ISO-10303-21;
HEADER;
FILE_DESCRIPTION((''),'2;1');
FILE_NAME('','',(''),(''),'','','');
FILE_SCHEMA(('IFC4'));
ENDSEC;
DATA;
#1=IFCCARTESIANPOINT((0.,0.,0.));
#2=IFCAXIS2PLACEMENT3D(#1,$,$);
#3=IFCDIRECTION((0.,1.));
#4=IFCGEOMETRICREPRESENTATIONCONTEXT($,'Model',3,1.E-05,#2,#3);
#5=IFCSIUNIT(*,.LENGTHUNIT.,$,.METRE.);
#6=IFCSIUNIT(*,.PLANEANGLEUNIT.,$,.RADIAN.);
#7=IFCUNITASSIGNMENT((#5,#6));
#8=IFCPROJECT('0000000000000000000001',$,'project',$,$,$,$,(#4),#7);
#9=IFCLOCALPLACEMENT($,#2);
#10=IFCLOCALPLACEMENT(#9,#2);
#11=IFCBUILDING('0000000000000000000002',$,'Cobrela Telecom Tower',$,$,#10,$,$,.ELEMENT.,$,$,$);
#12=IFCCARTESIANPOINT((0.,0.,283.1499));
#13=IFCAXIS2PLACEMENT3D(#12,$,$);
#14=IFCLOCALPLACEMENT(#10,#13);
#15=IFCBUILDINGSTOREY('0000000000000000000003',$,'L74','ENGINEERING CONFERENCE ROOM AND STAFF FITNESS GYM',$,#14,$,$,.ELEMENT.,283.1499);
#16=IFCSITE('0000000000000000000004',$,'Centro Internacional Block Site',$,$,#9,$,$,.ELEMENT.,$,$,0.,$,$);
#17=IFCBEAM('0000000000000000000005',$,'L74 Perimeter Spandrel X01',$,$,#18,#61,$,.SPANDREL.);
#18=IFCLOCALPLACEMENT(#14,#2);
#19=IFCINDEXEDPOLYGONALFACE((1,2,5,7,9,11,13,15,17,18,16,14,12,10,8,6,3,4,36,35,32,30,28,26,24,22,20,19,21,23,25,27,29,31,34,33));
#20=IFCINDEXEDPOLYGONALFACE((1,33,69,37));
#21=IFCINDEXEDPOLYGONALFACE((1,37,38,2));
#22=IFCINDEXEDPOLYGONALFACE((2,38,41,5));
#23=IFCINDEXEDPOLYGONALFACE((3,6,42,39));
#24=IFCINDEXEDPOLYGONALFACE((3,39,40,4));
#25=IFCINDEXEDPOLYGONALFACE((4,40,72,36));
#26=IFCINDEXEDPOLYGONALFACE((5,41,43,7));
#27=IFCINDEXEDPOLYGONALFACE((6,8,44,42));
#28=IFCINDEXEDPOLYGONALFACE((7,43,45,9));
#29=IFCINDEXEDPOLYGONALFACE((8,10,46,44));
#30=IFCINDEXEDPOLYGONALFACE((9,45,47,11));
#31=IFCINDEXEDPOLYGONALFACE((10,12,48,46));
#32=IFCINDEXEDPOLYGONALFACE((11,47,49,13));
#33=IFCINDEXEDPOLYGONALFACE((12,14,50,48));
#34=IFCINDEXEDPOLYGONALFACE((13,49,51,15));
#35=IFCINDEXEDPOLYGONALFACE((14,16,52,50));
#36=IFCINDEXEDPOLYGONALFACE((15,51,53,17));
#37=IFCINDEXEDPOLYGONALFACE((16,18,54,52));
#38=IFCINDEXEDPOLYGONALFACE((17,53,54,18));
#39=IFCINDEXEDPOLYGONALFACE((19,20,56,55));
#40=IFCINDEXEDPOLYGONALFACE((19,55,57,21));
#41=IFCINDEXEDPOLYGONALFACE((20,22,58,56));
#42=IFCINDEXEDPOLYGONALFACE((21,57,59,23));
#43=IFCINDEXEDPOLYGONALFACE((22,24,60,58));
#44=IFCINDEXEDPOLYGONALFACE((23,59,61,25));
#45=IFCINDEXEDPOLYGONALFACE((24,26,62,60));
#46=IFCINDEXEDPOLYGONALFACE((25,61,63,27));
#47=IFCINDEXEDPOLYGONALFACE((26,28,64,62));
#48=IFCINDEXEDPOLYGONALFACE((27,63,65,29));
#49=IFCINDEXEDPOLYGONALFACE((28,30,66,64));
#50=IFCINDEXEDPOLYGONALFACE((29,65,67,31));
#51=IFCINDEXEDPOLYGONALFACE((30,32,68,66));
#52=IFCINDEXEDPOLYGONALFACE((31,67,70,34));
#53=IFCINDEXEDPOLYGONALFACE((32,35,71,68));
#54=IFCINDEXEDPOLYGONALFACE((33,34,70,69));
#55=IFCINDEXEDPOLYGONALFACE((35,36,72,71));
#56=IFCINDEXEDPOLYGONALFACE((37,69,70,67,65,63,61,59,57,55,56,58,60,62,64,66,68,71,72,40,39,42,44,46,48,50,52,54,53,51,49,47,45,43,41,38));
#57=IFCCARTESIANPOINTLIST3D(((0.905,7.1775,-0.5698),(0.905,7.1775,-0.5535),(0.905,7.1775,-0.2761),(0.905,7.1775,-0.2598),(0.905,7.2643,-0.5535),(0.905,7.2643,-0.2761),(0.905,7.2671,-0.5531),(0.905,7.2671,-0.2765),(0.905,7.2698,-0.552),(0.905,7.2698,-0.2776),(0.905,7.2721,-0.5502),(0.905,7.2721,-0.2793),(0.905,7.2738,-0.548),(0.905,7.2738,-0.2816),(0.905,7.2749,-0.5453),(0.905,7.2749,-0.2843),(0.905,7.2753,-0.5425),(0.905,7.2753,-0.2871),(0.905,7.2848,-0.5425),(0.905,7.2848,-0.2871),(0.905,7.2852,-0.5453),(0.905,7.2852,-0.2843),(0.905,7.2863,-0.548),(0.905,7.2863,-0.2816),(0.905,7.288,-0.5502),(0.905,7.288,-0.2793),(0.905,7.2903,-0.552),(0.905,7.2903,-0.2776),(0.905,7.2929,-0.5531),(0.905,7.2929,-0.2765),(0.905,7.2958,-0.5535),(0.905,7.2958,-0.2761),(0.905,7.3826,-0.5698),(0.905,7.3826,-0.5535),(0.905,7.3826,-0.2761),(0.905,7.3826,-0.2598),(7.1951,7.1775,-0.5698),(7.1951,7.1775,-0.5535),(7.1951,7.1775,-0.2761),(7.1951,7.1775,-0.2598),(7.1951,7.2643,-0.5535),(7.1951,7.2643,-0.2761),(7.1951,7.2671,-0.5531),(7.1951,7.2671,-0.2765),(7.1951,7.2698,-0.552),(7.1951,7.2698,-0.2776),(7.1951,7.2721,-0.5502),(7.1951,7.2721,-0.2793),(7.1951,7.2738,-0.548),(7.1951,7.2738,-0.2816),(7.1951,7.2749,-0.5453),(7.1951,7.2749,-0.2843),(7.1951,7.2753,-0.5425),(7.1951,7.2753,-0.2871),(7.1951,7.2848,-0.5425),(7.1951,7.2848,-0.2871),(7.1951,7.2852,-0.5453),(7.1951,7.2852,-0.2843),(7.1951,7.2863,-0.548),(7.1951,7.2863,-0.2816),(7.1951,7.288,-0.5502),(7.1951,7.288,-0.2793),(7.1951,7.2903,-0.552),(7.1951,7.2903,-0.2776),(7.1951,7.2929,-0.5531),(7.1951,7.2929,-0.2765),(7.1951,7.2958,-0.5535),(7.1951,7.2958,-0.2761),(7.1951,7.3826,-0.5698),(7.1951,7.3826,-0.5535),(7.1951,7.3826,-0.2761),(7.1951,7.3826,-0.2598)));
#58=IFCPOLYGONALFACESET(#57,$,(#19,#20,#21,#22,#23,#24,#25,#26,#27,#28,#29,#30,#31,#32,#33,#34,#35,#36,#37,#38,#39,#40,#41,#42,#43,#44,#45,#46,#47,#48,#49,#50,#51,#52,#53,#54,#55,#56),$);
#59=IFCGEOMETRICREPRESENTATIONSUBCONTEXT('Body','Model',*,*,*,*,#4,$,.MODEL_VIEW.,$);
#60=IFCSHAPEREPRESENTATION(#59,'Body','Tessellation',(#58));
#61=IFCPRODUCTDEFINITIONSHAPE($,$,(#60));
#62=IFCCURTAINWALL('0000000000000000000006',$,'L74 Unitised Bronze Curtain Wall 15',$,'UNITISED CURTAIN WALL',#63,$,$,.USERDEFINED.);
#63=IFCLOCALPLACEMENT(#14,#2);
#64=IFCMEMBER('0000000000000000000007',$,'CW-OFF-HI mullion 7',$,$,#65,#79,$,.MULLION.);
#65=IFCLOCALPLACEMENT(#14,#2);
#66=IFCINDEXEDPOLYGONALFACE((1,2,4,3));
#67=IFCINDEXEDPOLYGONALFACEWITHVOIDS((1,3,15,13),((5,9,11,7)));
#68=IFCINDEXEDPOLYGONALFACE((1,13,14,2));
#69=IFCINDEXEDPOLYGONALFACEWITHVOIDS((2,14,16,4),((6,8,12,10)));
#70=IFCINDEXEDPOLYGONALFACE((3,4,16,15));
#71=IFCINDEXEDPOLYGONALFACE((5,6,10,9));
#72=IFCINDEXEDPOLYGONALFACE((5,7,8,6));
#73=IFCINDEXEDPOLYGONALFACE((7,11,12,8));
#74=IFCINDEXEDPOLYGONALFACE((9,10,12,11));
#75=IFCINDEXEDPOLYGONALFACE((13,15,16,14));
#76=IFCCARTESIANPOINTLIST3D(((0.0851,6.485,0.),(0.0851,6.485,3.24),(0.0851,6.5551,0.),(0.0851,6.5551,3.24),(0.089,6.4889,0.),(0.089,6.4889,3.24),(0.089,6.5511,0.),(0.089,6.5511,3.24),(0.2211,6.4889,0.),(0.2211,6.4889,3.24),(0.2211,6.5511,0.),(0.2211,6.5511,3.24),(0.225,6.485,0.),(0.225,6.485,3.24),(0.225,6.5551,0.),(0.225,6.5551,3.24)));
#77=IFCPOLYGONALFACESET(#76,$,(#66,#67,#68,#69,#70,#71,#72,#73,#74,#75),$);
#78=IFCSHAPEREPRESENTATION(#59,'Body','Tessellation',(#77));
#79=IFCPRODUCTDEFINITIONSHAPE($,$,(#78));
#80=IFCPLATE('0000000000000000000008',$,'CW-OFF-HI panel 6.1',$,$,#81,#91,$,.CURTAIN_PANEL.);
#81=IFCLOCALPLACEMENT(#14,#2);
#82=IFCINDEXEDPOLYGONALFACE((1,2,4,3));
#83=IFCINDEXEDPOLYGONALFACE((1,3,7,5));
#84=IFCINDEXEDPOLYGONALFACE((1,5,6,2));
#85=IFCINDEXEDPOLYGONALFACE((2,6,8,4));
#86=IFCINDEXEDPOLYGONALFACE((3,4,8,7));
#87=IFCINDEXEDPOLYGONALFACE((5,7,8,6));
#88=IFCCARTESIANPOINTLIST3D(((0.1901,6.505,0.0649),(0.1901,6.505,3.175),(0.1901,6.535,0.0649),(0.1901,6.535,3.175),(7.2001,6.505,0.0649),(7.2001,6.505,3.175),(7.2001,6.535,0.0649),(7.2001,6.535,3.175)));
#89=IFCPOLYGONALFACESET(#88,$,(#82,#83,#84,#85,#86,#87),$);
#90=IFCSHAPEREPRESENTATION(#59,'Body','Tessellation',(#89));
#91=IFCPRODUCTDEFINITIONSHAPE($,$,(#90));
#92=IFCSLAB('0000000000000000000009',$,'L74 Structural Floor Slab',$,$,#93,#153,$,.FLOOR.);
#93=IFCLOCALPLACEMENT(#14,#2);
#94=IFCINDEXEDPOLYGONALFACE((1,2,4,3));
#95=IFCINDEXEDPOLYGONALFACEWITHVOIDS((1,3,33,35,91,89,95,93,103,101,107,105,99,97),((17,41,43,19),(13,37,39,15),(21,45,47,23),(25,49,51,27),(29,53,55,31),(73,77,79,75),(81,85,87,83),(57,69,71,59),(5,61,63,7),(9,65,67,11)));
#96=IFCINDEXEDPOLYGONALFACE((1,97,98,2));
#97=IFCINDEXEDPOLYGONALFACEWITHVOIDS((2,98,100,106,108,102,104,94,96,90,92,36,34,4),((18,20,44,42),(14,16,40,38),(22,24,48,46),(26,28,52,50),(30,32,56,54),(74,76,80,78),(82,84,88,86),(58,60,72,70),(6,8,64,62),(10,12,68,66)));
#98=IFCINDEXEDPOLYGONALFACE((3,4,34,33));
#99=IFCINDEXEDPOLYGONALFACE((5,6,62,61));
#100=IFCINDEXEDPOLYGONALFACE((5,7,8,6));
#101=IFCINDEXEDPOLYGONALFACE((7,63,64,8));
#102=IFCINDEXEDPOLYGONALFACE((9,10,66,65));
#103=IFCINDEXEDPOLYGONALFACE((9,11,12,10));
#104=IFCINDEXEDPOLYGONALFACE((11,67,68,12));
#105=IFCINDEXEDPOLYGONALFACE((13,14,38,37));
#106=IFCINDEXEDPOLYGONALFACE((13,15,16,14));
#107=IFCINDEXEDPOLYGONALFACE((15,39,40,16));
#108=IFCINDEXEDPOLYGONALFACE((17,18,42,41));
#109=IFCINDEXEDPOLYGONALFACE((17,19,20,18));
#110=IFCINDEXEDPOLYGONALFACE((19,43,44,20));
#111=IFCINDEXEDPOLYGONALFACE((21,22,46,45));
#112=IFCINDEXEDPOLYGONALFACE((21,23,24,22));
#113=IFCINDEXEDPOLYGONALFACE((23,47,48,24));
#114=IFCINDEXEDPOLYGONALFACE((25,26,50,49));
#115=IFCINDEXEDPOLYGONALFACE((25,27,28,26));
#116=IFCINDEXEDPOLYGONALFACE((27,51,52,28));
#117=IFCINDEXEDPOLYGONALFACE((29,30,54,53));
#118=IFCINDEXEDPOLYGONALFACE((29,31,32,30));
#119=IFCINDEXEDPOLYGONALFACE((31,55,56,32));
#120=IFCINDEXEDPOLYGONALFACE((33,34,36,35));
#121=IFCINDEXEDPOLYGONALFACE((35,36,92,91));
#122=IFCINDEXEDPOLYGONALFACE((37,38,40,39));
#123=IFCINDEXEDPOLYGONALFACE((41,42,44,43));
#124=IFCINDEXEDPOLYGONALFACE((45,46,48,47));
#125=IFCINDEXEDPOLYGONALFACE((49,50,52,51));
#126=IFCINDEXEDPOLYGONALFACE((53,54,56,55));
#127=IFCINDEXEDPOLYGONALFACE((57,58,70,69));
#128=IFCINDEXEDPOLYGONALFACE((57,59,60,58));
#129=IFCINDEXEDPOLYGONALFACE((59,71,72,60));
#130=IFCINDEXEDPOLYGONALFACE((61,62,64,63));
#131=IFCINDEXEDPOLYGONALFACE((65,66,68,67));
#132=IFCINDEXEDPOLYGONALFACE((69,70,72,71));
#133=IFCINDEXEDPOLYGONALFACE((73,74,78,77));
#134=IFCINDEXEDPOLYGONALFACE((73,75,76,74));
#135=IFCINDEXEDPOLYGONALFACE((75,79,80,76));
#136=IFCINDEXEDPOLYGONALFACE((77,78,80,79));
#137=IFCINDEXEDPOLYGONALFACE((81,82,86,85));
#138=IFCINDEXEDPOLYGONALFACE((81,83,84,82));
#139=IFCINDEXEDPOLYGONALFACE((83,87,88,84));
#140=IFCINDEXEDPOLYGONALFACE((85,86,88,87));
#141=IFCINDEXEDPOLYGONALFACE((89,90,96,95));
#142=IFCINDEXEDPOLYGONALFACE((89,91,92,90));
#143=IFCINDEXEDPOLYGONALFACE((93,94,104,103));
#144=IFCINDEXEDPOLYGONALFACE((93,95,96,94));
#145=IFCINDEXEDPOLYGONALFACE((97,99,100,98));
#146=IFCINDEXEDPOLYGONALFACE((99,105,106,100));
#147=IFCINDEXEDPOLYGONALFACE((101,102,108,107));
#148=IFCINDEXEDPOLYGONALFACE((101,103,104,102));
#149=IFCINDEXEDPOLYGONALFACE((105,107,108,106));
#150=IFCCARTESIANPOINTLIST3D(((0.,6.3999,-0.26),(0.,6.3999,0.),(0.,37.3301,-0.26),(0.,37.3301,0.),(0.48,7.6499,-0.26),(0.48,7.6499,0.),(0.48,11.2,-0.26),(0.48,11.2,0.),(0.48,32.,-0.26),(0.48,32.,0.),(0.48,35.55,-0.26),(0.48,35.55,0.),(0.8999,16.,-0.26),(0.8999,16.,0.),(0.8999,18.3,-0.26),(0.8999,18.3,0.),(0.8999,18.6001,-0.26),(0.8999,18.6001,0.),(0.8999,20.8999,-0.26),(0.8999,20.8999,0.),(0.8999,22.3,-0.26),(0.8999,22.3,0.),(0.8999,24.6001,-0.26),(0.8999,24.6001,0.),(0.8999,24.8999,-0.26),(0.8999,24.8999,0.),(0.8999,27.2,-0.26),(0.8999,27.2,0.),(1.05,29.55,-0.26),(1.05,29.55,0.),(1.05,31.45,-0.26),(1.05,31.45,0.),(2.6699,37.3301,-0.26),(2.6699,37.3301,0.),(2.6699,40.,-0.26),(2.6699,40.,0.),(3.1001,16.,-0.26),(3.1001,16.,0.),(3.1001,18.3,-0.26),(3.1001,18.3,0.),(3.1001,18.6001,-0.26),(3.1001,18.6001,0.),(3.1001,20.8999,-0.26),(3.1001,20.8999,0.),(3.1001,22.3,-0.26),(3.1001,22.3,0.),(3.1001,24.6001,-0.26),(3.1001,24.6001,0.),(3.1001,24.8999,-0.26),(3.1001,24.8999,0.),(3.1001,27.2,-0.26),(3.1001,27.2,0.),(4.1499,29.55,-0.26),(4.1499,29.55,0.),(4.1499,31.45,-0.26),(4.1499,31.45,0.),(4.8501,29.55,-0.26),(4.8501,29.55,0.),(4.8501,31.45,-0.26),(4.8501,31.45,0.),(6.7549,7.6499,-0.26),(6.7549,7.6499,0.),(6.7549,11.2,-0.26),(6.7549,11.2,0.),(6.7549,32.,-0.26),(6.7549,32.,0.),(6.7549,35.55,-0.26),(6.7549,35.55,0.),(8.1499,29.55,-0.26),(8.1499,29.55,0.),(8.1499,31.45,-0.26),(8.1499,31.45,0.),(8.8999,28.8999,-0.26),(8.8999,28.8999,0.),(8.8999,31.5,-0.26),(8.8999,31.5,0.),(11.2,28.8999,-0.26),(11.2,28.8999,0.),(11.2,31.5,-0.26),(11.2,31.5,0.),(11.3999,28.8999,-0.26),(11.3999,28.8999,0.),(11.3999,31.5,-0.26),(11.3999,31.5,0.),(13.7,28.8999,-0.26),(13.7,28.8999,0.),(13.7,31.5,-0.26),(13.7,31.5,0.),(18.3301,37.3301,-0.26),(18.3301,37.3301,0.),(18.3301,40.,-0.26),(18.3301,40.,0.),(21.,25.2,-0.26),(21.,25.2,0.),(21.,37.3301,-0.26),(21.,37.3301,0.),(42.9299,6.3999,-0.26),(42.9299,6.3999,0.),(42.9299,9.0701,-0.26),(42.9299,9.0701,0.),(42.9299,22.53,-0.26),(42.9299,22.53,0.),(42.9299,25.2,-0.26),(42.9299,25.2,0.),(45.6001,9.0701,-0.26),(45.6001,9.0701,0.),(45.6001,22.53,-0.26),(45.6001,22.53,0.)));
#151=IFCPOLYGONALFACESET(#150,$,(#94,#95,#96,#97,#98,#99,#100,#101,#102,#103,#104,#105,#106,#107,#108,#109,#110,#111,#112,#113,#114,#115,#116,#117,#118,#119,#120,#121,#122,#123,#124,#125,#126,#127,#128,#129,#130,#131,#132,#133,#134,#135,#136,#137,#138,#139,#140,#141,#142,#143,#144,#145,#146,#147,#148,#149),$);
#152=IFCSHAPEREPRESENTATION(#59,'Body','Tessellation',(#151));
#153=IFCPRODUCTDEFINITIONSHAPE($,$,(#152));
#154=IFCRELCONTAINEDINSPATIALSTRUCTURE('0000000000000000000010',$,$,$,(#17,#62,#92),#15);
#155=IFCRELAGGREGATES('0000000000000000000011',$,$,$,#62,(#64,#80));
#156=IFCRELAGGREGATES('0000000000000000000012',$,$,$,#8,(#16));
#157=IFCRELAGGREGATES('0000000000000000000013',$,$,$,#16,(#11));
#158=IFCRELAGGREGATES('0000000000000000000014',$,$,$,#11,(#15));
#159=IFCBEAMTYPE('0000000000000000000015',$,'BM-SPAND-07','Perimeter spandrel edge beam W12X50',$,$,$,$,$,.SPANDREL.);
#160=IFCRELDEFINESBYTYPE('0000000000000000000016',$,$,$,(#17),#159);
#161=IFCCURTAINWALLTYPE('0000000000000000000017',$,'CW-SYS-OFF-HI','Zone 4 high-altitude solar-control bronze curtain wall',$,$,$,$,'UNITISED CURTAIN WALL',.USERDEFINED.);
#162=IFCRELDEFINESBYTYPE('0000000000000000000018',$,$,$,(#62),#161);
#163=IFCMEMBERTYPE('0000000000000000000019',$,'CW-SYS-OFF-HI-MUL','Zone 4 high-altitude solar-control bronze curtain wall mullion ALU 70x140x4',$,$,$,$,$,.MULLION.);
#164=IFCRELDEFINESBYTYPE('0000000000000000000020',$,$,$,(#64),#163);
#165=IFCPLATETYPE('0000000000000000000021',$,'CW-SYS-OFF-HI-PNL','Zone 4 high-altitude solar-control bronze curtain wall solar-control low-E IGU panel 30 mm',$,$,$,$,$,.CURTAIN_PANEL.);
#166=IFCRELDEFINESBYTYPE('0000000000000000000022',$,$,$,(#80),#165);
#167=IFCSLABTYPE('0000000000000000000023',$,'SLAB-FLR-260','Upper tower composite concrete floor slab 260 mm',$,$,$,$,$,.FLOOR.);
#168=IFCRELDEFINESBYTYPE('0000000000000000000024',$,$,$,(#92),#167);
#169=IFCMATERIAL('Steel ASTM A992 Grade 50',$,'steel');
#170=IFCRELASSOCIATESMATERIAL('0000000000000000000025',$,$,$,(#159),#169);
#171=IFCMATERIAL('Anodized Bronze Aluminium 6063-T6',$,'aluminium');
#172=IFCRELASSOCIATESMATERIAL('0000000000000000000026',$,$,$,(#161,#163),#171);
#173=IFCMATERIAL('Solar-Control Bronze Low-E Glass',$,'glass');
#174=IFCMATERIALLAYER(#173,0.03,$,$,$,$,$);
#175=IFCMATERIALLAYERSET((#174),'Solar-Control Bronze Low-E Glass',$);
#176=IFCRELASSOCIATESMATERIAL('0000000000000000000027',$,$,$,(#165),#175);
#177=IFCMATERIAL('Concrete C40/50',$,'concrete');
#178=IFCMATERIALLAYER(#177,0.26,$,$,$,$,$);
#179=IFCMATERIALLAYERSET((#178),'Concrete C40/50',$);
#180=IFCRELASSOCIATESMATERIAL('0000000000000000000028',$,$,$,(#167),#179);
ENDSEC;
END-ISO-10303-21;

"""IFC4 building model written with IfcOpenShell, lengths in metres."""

from ifc_helpers import new_model, si_unit, direction, frame, origin, origin_2d, place, context, subcontext, project, spatial, polyline, rectangle, hollow_rectangle, i_section, outline, extrude, material, layer, layer_set, material_profile, profile_set, type_object, element, aggregate, save


model = new_model("IFC4")

# Units and contexts
model_context = context("Model", 3, precision=1e-05, world=origin(), true_north=direction((0.0, 1.0)))
body_context = subcontext(model_context, "Body", "Model", "MODEL_VIEW")
ifc_project = project(units=[si_unit("LENGTHUNIT", "METRE"), si_unit("PLANEANGLEUNIT", "RADIAN")], contexts=[model_context])

# Site, building, storey
site_placement = place(None, origin())
site = spatial("IfcSite", under=ifc_project, at=site_placement, Name="Centro Internacional Block Site", CompositionType="ELEMENT", RefElevation=0.0)
building_placement = place(site_placement, origin())
building = spatial("IfcBuilding", under=site, at=building_placement, Name="Cobrela Telecom Tower", CompositionType="ELEMENT")
storey_placement = place(building_placement, frame((0.0, 0.0, 283.1499)))
storey = spatial("IfcBuildingStorey", under=building, at=storey_placement, Name="L74", Description="ENGINEERING CONFERENCE ROOM AND STAFF FITNESS GYM", CompositionType="ELEMENT", Elevation=283.1499)

# Beam
ifc_material_1 = material(Name="Steel ASTM A992 Grade 50", Category="steel")
ifc_material_profile_1 = material_profile(ifc_material_1, i_section(OverallWidth=0.2051, OverallDepth=0.3101, WebThickness=0.0095, FlangeThickness=0.0164, FilletRadius=0.011, at=origin_2d()), Name="W12X50")
ifc_profile_set_1 = profile_set([ifc_material_profile_1], Name="Steel ASTM A992 Grade 50")
beam_type = type_object("IfcBeamType", Name="BM-SPAND-07", Description="Perimeter spandrel edge beam W12X50", PredefinedType="SPANDREL", material=ifc_profile_set_1)
beam_placement = place(storey_placement, frame((0.905, 7.28, -0.4148), z_axis=(1.0, 0.0, 0.0), x_axis=(0.0, 1.0, 0.0)))
element("IfcBeam", 1, at=beam_placement, inside=storey, type_object=beam_type, Name="L74 Perimeter Spandrel X01", PredefinedType="SPANDREL", context=body_context, shape_type="SweptSolid", body=[
    extrude(i_section(OverallWidth=0.2051, OverallDepth=0.3101, WebThickness=0.0095, FlangeThickness=0.0164, FilletRadius=0.011, at=origin_2d()), origin(), (0.0, 0.0, 1.0), 6.29),
])

# Curtain wall, member, plate
ifc_material_2 = material(Name="Anodized Bronze Aluminium 6063-T6", Category="aluminium")
curtain_wall_type = type_object("IfcCurtainWallType", Name="CW-SYS-OFF-HI", Description="Zone 4 high-altitude solar-control bronze curtain wall", ElementType="UNITISED CURTAIN WALL", PredefinedType="USERDEFINED", material=ifc_material_2)
curtain_wall_placement = place(storey_placement, origin())
curtain_wall = element("IfcCurtainWall", 2, at=curtain_wall_placement, inside=storey, type_object=curtain_wall_type, Name="L74 Unitised Bronze Curtain Wall 15", ObjectType="UNITISED CURTAIN WALL", PredefinedType="USERDEFINED")
ifc_material_profile_2 = material_profile(ifc_material_2, hollow_rectangle(XDim=0.0701, YDim=0.1399, WallThickness=0.0039, at=origin_2d()), Name="ALU 70x140x4")
ifc_profile_set_2 = profile_set([ifc_material_profile_2], Name="Anodized Bronze Aluminium 6063-T6")
member_type = type_object("IfcMemberType", Name="CW-SYS-OFF-HI-MUL", Description="Zone 4 high-altitude solar-control bronze curtain wall mullion ALU 70x140x4", PredefinedType="MULLION", material=ifc_profile_set_2)
member_placement = place(storey_placement, frame((0.155, 6.52, 0.0), z_axis=(0.0, 0.0, 1.0), x_axis=(0.0, -1.0, 0.0)))
member = element("IfcMember", 3, at=member_placement, type_object=member_type, Name="CW-OFF-HI mullion 7", PredefinedType="MULLION", context=body_context, shape_type="SweptSolid", body=[
    extrude(hollow_rectangle(XDim=0.0701, YDim=0.1399, WallThickness=0.0039, at=origin_2d()), origin(), (0.0, 0.0, 1.0), 3.24),
])
ifc_material_3 = material(Name="Solar-Control Bronze Low-E Glass", Category="glass")
ifc_layer_1 = layer(ifc_material_3, 0.03)
ifc_layer_set_1 = layer_set([ifc_layer_1], Name="Solar-Control Bronze Low-E Glass")
plate_type = type_object("IfcPlateType", Name="CW-SYS-OFF-HI-PNL", Description="Zone 4 high-altitude solar-control bronze curtain wall solar-control low-E IGU panel 30 mm", PredefinedType="CURTAIN_PANEL", material=ifc_layer_set_1)
plate_placement = place(storey_placement, frame((3.6951, 6.52, 0.0649), z_axis=(0.0, 0.0, 1.0), x_axis=(-1.0, 0.0, 0.0)))
plate = element("IfcPlate", 4, at=plate_placement, type_object=plate_type, Name="CW-OFF-HI panel 6.1", PredefinedType="CURTAIN_PANEL", context=body_context, shape_type="SweptSolid", body=[
    extrude(rectangle(XDim=7.01, YDim=0.03, at=origin_2d()), origin(), (0.0, 0.0, 1.0), 3.1101),
])
aggregate(curtain_wall, [member, plate])

# Slab, openings
ifc_material_4 = material(Name="Concrete C40/50", Category="concrete")
ifc_layer_2 = layer(ifc_material_4, 0.26)
ifc_layer_set_2 = layer_set([ifc_layer_2], Name="Concrete C40/50")
slab_type_1 = type_object("IfcSlabType", Name="SLAB-FLR-260", Description="Upper tower composite concrete floor slab 260 mm", PredefinedType="FLOOR", material=ifc_layer_set_2)
slab_1_placement = place(storey_placement, frame((0.0, 0.0, -0.26)))
slab_1 = element("IfcSlab", 5, at=slab_1_placement, inside=storey, type_object=slab_type_1, Name="L74 Structural Floor Slab", PredefinedType="FLOOR", context=body_context, shape_type="SweptSolid", body=[
    extrude(outline(polyline([(0.0, 6.3999), (42.9299, 6.3999), (42.9299, 9.0701), (45.6001, 9.0701), (45.6001, 22.53), (42.9299, 22.53), (42.9299, 25.2), (21.0, 25.2), (21.0, 37.3301), (18.3301, 37.3301), (18.3301, 40.0), (2.6699, 40.0), (2.6699, 37.3301), (0.0, 37.3301), (0.0, 6.3999)])), origin(), (0.0, 0.0, 1.0), 0.26),
])
opening_1_placement = place(slab_1_placement, frame((0.0, 0.0, -0.02)))
element("IfcOpeningElement", 6, at=opening_1_placement, cuts=slab_1, PredefinedType="OPENING", context=body_context, shape_type="SweptSolid", body=[
    extrude(outline(polyline([(8.8999, 28.8999), (11.2, 28.8999), (11.2, 31.5), (8.8999, 31.5), (8.8999, 28.8999)])), origin(), (0.0, 0.0, 1.0), 0.3),
])
opening_2_placement = place(slab_1_placement, frame((0.0, 0.0, -0.02)))
element("IfcOpeningElement", 7, at=opening_2_placement, cuts=slab_1, PredefinedType="OPENING", context=body_context, shape_type="SweptSolid", body=[
    extrude(outline(polyline([(11.3999, 28.8999), (13.7, 28.8999), (13.7, 31.5), (11.3999, 31.5), (11.3999, 28.8999)])), origin(), (0.0, 0.0, 1.0), 0.3),
])
opening_3_placement = place(slab_1_placement, frame((0.0, 0.0, -0.02)))
element("IfcOpeningElement", 8, at=opening_3_placement, cuts=slab_1, PredefinedType="OPENING", context=body_context, shape_type="SweptSolid", body=[
    extrude(outline(polyline([(0.8999, 16.0), (3.1001, 16.0), (3.1001, 18.3), (0.8999, 18.3), (0.8999, 16.0)])), origin(), (0.0, 0.0, 1.0), 0.3),
])
opening_4_placement = place(slab_1_placement, frame((0.0, 0.0, -0.02)))
element("IfcOpeningElement", 9, at=opening_4_placement, cuts=slab_1, PredefinedType="OPENING", context=body_context, shape_type="SweptSolid", body=[
    extrude(outline(polyline([(0.8999, 18.6001), (3.1001, 18.6001), (3.1001, 20.8999), (0.8999, 20.8999), (0.8999, 18.6001)])), origin(), (0.0, 0.0, 1.0), 0.3),
])
opening_5_placement = place(slab_1_placement, frame((0.0, 0.0, -0.02)))
element("IfcOpeningElement", 10, at=opening_5_placement, cuts=slab_1, PredefinedType="OPENING", context=body_context, shape_type="SweptSolid", body=[
    extrude(outline(polyline([(0.8999, 22.3), (3.1001, 22.3), (3.1001, 24.6001), (0.8999, 24.6001), (0.8999, 22.3)])), origin(), (0.0, 0.0, 1.0), 0.3),
])
opening_6_placement = place(slab_1_placement, frame((0.0, 0.0, -0.02)))
element("IfcOpeningElement", 11, at=opening_6_placement, cuts=slab_1, PredefinedType="OPENING", context=body_context, shape_type="SweptSolid", body=[
    extrude(outline(polyline([(0.8999, 24.8999), (3.1001, 24.8999), (3.1001, 27.2), (0.8999, 27.2), (0.8999, 24.8999)])), origin(), (0.0, 0.0, 1.0), 0.3),
])
opening_7_placement = place(slab_1_placement, frame((0.0, 0.0, -0.02)))
element("IfcOpeningElement", 12, at=opening_7_placement, cuts=slab_1, PredefinedType="OPENING", context=body_context, shape_type="SweptSolid", body=[
    extrude(outline(polyline([(1.05, 29.55), (4.1499, 29.55), (4.1499, 31.45), (1.05, 31.45), (1.05, 29.55)])), origin(), (0.0, 0.0, 1.0), 0.3),
])
opening_8_placement = place(slab_1_placement, frame((0.0, 0.0, -0.02)))
element("IfcOpeningElement", 13, at=opening_8_placement, cuts=slab_1, PredefinedType="OPENING", context=body_context, shape_type="SweptSolid", body=[
    extrude(outline(polyline([(4.8501, 29.55), (8.1499, 29.55), (8.1499, 31.45), (4.8501, 31.45), (4.8501, 29.55)])), origin(), (0.0, 0.0, 1.0), 0.3),
])
opening_9_placement = place(slab_1_placement, frame((0.0, 0.0, -0.02)))
element("IfcOpeningElement", 14, at=opening_9_placement, cuts=slab_1, PredefinedType="OPENING", context=body_context, shape_type="SweptSolid", body=[
    extrude(outline(polyline([(6.7549, 35.55), (0.48, 35.55), (0.48, 32.0), (6.7549, 32.0), (6.7549, 35.55)])), origin(), (0.0, 0.0, 1.0), 0.3),
])
opening_10_placement = place(slab_1_placement, frame((0.0, 0.0, -0.02)))
element("IfcOpeningElement", 15, at=opening_10_placement, cuts=slab_1, PredefinedType="OPENING", context=body_context, shape_type="SweptSolid", body=[
    extrude(outline(polyline([(6.7549, 11.2), (0.48, 11.2), (0.48, 7.6499), (6.7549, 7.6499), (6.7549, 11.2)])), origin(), (0.0, 0.0, 1.0), 0.3),
])

save(model, "model.ifc")
